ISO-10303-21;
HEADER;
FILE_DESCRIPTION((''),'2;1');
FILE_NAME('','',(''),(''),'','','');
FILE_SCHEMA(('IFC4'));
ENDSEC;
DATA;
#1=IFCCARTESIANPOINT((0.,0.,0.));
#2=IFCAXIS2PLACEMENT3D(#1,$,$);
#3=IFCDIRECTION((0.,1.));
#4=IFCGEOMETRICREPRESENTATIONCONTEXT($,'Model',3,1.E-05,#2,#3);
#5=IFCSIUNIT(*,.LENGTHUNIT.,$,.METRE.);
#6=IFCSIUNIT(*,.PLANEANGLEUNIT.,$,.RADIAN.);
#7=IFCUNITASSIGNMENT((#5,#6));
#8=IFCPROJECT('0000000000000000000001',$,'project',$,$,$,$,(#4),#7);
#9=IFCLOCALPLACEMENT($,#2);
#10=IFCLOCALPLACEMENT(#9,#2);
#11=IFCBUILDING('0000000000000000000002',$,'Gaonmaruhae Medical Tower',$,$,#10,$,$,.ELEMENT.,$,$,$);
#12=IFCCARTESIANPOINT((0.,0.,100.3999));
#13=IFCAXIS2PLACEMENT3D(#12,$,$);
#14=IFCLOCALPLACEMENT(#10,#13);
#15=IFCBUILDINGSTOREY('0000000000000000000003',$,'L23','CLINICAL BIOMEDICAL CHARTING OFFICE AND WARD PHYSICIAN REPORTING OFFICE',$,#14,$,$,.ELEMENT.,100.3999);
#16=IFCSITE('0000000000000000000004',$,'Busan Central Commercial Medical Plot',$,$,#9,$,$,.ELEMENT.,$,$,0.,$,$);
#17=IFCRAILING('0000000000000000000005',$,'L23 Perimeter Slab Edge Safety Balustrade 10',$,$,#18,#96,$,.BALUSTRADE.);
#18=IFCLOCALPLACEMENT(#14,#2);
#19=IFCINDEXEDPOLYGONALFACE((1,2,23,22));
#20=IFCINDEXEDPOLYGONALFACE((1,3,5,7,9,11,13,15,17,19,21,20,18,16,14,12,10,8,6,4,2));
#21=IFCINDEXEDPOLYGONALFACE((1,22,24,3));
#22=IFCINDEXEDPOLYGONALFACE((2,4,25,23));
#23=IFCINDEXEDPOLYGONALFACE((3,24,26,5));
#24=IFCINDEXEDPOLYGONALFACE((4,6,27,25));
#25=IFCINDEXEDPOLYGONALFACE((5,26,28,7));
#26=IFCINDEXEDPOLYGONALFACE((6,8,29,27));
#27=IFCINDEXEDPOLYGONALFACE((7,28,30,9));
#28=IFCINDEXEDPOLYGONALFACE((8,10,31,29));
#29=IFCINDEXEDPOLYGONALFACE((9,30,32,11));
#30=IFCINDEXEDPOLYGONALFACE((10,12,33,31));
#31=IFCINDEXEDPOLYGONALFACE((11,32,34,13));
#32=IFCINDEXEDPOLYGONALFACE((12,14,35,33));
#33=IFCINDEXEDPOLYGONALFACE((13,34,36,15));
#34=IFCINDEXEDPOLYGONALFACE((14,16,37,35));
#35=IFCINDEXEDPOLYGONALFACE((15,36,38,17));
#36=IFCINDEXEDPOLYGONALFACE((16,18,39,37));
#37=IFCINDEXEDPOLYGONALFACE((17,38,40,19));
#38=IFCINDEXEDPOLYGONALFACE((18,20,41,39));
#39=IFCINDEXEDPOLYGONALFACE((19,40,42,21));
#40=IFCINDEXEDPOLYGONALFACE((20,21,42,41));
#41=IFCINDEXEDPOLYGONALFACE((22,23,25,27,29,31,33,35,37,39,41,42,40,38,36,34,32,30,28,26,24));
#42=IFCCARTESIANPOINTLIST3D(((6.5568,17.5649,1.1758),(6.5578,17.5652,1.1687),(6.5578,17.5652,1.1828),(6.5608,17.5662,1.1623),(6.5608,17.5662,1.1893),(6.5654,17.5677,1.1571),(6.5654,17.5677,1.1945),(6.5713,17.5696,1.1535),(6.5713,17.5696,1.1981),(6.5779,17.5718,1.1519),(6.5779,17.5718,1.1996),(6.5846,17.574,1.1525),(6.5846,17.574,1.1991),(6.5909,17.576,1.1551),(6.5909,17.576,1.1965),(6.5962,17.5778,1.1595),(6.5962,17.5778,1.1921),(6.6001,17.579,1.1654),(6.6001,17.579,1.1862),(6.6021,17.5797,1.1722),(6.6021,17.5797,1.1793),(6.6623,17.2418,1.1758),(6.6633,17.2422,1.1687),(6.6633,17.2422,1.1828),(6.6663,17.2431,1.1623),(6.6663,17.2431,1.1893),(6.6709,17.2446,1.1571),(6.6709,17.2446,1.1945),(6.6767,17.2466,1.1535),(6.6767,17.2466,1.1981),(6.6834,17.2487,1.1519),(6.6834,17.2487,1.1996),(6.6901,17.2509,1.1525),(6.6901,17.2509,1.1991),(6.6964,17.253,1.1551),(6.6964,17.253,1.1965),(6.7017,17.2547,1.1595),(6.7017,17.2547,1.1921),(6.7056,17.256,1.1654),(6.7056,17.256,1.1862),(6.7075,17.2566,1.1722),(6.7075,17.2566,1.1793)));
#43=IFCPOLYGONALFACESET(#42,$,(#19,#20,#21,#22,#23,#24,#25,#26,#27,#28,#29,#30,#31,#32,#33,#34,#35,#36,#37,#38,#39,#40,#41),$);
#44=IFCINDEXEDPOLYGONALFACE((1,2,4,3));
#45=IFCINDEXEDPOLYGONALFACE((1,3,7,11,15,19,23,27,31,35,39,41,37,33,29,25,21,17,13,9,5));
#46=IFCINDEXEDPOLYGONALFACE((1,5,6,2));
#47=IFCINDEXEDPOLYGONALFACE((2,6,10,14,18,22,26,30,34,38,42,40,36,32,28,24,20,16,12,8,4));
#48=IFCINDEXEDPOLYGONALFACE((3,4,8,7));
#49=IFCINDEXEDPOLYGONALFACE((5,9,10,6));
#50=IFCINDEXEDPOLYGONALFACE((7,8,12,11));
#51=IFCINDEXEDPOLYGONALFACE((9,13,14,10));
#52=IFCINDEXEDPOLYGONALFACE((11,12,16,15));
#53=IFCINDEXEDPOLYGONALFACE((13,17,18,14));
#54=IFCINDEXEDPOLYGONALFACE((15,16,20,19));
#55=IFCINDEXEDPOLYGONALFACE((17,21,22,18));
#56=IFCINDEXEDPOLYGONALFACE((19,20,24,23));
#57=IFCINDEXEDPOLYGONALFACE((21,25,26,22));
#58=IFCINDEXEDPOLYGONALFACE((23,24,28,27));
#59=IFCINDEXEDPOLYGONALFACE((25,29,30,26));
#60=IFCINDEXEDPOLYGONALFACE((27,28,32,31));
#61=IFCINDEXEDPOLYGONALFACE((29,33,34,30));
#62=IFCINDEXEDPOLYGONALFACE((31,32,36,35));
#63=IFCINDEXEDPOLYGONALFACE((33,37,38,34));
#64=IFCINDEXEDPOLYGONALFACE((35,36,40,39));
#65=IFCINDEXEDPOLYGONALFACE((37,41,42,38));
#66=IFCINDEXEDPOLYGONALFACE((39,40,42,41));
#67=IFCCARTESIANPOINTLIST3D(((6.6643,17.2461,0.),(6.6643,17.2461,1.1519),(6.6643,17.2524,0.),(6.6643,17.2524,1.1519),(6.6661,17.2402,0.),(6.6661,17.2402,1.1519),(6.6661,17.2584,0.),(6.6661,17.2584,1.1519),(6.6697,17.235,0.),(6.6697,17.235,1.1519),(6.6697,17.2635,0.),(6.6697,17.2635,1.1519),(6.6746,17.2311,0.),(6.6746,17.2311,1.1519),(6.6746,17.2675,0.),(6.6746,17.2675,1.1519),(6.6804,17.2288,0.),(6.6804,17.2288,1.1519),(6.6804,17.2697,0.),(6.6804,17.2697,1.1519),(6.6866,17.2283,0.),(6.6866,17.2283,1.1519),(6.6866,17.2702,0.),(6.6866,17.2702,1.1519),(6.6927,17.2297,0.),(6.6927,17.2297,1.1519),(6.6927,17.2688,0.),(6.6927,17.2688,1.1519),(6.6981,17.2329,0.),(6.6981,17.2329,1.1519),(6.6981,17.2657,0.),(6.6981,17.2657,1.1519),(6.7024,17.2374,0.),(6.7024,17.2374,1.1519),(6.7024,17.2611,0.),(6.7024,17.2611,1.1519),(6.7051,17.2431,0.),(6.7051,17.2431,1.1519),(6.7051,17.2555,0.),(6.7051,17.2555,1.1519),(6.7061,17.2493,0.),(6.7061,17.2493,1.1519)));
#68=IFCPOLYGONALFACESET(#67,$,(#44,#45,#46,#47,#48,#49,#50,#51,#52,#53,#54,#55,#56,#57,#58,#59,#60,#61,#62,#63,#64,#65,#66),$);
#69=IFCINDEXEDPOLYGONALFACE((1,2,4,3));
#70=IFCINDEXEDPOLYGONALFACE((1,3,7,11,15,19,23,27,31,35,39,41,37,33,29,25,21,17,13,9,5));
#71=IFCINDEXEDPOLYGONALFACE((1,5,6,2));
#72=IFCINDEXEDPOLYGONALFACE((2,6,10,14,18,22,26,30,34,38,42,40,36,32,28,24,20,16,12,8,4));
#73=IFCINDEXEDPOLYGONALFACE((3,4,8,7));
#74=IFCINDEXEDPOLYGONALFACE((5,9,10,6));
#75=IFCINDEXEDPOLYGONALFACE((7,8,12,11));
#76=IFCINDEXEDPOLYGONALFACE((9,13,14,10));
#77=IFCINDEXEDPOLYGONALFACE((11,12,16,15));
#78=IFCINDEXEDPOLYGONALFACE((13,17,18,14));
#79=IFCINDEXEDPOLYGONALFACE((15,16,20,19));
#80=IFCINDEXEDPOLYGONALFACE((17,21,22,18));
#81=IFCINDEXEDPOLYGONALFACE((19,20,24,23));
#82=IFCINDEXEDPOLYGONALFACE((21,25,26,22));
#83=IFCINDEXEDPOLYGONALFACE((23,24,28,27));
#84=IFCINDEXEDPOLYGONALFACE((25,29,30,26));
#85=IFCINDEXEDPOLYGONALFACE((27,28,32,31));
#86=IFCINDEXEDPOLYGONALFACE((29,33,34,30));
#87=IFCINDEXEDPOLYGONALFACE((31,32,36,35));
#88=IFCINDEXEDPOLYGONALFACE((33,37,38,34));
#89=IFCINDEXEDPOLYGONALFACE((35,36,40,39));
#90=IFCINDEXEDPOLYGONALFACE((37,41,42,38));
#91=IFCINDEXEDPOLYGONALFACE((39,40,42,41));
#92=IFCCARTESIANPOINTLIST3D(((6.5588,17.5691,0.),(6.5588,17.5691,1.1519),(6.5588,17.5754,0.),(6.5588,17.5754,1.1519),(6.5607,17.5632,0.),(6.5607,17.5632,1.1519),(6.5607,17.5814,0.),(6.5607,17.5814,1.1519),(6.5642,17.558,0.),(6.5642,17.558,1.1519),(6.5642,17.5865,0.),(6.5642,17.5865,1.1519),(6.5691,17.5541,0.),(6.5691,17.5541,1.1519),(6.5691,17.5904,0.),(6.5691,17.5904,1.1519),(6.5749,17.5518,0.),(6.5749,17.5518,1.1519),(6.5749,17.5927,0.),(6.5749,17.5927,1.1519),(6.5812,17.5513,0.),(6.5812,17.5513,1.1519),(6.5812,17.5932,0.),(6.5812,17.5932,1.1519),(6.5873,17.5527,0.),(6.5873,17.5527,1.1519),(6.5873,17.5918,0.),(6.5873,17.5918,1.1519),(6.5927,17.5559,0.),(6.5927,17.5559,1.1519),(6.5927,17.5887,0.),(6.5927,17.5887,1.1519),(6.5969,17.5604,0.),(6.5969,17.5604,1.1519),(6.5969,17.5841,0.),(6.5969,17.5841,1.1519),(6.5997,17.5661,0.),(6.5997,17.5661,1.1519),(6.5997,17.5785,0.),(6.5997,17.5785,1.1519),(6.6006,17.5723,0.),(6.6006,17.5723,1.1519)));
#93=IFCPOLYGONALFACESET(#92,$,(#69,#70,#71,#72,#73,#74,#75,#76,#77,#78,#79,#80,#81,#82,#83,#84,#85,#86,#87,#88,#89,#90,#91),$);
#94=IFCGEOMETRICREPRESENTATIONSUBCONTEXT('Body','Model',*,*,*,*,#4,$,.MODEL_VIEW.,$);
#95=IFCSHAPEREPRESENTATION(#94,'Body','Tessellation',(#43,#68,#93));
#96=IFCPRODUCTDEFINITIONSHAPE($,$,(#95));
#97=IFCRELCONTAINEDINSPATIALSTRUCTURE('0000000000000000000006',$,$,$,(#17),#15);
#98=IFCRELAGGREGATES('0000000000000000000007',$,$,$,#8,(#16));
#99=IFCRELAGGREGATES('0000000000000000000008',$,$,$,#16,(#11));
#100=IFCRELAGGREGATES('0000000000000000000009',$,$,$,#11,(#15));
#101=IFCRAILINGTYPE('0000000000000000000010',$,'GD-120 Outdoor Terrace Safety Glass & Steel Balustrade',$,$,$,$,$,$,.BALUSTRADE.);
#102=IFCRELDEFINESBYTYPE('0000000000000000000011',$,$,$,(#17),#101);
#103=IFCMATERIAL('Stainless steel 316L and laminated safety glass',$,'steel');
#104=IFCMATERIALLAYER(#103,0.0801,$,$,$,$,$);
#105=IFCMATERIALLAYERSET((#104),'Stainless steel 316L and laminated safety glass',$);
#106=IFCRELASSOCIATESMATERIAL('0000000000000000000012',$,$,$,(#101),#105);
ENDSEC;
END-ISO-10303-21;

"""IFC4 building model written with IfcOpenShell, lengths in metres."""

from ifc_helpers import new_model, si_unit, direction, frame, origin, origin_2d, place, context, subcontext, project, spatial, circle, extrude, material, layer, layer_set, type_object, element, save


model = new_model("IFC4")

# Units and contexts
model_context = context("Model", 3, precision=1e-05, world=origin(), true_north=direction((0.0, 1.0)))
body_context = subcontext(model_context, "Body", "Model", "MODEL_VIEW")
ifc_project = project(units=[si_unit("LENGTHUNIT", "METRE"), si_unit("PLANEANGLEUNIT", "RADIAN")], contexts=[model_context])

# Site, building, storey
site_placement = place(None, origin())
site = spatial("IfcSite", under=ifc_project, at=site_placement, Name="Busan Central Commercial Medical Plot", CompositionType="ELEMENT", RefElevation=0.0)
building_placement = place(site_placement, origin())
building = spatial("IfcBuilding", under=site, at=building_placement, Name="Gaonmaruhae Medical Tower", CompositionType="ELEMENT")
storey_placement = place(building_placement, frame((0.0, 0.0, 100.3999)))
storey = spatial("IfcBuildingStorey", under=building, at=storey_placement, Name="L23", Description="CLINICAL BIOMEDICAL CHARTING OFFICE AND WARD PHYSICIAN REPORTING OFFICE", CompositionType="ELEMENT", Elevation=100.3999)

# Railing
ifc_material_1 = material(Name="Stainless steel 316L and laminated safety glass", Category="steel")
ifc_layer_1 = layer(ifc_material_1, 0.0801)
ifc_layer_set_1 = layer_set([ifc_layer_1], Name="Stainless steel 316L and laminated safety glass")
railing_type = type_object("IfcRailingType", Name="GD-120 Outdoor Terrace Safety Glass & Steel Balustrade", PredefinedType="BALUSTRADE", material=ifc_layer_set_1)
railing_placement = place(storey_placement, frame((6.6851, 17.2493, 0.0)))
element("IfcRailing", 1, at=railing_placement, inside=storey, type_object=railing_type, Name="L23 Perimeter Slab Edge Safety Balustrade 10", PredefinedType="BALUSTRADE", context=body_context, shape_type="SweptSolid", body=[
    extrude(circle(Radius=0.0239, at=origin_2d()), frame((0.0, 0.0, 1.1758), z_axis=(-0.310402, 0.950605, 0.0), x_axis=(-0.950605, -0.310402, 0.0)), (0.0, 0.0, 1.0), 0.3398),
    extrude(circle(Radius=0.021, at=origin_2d()), origin(), (0.0, 0.0, 1.0), 1.1519),
    extrude(circle(Radius=0.021, at=origin_2d()), frame((-0.1055, 0.323, 0.0)), (0.0, 0.0, 1.0), 1.1519),
])

save(model, "model.ifc")
